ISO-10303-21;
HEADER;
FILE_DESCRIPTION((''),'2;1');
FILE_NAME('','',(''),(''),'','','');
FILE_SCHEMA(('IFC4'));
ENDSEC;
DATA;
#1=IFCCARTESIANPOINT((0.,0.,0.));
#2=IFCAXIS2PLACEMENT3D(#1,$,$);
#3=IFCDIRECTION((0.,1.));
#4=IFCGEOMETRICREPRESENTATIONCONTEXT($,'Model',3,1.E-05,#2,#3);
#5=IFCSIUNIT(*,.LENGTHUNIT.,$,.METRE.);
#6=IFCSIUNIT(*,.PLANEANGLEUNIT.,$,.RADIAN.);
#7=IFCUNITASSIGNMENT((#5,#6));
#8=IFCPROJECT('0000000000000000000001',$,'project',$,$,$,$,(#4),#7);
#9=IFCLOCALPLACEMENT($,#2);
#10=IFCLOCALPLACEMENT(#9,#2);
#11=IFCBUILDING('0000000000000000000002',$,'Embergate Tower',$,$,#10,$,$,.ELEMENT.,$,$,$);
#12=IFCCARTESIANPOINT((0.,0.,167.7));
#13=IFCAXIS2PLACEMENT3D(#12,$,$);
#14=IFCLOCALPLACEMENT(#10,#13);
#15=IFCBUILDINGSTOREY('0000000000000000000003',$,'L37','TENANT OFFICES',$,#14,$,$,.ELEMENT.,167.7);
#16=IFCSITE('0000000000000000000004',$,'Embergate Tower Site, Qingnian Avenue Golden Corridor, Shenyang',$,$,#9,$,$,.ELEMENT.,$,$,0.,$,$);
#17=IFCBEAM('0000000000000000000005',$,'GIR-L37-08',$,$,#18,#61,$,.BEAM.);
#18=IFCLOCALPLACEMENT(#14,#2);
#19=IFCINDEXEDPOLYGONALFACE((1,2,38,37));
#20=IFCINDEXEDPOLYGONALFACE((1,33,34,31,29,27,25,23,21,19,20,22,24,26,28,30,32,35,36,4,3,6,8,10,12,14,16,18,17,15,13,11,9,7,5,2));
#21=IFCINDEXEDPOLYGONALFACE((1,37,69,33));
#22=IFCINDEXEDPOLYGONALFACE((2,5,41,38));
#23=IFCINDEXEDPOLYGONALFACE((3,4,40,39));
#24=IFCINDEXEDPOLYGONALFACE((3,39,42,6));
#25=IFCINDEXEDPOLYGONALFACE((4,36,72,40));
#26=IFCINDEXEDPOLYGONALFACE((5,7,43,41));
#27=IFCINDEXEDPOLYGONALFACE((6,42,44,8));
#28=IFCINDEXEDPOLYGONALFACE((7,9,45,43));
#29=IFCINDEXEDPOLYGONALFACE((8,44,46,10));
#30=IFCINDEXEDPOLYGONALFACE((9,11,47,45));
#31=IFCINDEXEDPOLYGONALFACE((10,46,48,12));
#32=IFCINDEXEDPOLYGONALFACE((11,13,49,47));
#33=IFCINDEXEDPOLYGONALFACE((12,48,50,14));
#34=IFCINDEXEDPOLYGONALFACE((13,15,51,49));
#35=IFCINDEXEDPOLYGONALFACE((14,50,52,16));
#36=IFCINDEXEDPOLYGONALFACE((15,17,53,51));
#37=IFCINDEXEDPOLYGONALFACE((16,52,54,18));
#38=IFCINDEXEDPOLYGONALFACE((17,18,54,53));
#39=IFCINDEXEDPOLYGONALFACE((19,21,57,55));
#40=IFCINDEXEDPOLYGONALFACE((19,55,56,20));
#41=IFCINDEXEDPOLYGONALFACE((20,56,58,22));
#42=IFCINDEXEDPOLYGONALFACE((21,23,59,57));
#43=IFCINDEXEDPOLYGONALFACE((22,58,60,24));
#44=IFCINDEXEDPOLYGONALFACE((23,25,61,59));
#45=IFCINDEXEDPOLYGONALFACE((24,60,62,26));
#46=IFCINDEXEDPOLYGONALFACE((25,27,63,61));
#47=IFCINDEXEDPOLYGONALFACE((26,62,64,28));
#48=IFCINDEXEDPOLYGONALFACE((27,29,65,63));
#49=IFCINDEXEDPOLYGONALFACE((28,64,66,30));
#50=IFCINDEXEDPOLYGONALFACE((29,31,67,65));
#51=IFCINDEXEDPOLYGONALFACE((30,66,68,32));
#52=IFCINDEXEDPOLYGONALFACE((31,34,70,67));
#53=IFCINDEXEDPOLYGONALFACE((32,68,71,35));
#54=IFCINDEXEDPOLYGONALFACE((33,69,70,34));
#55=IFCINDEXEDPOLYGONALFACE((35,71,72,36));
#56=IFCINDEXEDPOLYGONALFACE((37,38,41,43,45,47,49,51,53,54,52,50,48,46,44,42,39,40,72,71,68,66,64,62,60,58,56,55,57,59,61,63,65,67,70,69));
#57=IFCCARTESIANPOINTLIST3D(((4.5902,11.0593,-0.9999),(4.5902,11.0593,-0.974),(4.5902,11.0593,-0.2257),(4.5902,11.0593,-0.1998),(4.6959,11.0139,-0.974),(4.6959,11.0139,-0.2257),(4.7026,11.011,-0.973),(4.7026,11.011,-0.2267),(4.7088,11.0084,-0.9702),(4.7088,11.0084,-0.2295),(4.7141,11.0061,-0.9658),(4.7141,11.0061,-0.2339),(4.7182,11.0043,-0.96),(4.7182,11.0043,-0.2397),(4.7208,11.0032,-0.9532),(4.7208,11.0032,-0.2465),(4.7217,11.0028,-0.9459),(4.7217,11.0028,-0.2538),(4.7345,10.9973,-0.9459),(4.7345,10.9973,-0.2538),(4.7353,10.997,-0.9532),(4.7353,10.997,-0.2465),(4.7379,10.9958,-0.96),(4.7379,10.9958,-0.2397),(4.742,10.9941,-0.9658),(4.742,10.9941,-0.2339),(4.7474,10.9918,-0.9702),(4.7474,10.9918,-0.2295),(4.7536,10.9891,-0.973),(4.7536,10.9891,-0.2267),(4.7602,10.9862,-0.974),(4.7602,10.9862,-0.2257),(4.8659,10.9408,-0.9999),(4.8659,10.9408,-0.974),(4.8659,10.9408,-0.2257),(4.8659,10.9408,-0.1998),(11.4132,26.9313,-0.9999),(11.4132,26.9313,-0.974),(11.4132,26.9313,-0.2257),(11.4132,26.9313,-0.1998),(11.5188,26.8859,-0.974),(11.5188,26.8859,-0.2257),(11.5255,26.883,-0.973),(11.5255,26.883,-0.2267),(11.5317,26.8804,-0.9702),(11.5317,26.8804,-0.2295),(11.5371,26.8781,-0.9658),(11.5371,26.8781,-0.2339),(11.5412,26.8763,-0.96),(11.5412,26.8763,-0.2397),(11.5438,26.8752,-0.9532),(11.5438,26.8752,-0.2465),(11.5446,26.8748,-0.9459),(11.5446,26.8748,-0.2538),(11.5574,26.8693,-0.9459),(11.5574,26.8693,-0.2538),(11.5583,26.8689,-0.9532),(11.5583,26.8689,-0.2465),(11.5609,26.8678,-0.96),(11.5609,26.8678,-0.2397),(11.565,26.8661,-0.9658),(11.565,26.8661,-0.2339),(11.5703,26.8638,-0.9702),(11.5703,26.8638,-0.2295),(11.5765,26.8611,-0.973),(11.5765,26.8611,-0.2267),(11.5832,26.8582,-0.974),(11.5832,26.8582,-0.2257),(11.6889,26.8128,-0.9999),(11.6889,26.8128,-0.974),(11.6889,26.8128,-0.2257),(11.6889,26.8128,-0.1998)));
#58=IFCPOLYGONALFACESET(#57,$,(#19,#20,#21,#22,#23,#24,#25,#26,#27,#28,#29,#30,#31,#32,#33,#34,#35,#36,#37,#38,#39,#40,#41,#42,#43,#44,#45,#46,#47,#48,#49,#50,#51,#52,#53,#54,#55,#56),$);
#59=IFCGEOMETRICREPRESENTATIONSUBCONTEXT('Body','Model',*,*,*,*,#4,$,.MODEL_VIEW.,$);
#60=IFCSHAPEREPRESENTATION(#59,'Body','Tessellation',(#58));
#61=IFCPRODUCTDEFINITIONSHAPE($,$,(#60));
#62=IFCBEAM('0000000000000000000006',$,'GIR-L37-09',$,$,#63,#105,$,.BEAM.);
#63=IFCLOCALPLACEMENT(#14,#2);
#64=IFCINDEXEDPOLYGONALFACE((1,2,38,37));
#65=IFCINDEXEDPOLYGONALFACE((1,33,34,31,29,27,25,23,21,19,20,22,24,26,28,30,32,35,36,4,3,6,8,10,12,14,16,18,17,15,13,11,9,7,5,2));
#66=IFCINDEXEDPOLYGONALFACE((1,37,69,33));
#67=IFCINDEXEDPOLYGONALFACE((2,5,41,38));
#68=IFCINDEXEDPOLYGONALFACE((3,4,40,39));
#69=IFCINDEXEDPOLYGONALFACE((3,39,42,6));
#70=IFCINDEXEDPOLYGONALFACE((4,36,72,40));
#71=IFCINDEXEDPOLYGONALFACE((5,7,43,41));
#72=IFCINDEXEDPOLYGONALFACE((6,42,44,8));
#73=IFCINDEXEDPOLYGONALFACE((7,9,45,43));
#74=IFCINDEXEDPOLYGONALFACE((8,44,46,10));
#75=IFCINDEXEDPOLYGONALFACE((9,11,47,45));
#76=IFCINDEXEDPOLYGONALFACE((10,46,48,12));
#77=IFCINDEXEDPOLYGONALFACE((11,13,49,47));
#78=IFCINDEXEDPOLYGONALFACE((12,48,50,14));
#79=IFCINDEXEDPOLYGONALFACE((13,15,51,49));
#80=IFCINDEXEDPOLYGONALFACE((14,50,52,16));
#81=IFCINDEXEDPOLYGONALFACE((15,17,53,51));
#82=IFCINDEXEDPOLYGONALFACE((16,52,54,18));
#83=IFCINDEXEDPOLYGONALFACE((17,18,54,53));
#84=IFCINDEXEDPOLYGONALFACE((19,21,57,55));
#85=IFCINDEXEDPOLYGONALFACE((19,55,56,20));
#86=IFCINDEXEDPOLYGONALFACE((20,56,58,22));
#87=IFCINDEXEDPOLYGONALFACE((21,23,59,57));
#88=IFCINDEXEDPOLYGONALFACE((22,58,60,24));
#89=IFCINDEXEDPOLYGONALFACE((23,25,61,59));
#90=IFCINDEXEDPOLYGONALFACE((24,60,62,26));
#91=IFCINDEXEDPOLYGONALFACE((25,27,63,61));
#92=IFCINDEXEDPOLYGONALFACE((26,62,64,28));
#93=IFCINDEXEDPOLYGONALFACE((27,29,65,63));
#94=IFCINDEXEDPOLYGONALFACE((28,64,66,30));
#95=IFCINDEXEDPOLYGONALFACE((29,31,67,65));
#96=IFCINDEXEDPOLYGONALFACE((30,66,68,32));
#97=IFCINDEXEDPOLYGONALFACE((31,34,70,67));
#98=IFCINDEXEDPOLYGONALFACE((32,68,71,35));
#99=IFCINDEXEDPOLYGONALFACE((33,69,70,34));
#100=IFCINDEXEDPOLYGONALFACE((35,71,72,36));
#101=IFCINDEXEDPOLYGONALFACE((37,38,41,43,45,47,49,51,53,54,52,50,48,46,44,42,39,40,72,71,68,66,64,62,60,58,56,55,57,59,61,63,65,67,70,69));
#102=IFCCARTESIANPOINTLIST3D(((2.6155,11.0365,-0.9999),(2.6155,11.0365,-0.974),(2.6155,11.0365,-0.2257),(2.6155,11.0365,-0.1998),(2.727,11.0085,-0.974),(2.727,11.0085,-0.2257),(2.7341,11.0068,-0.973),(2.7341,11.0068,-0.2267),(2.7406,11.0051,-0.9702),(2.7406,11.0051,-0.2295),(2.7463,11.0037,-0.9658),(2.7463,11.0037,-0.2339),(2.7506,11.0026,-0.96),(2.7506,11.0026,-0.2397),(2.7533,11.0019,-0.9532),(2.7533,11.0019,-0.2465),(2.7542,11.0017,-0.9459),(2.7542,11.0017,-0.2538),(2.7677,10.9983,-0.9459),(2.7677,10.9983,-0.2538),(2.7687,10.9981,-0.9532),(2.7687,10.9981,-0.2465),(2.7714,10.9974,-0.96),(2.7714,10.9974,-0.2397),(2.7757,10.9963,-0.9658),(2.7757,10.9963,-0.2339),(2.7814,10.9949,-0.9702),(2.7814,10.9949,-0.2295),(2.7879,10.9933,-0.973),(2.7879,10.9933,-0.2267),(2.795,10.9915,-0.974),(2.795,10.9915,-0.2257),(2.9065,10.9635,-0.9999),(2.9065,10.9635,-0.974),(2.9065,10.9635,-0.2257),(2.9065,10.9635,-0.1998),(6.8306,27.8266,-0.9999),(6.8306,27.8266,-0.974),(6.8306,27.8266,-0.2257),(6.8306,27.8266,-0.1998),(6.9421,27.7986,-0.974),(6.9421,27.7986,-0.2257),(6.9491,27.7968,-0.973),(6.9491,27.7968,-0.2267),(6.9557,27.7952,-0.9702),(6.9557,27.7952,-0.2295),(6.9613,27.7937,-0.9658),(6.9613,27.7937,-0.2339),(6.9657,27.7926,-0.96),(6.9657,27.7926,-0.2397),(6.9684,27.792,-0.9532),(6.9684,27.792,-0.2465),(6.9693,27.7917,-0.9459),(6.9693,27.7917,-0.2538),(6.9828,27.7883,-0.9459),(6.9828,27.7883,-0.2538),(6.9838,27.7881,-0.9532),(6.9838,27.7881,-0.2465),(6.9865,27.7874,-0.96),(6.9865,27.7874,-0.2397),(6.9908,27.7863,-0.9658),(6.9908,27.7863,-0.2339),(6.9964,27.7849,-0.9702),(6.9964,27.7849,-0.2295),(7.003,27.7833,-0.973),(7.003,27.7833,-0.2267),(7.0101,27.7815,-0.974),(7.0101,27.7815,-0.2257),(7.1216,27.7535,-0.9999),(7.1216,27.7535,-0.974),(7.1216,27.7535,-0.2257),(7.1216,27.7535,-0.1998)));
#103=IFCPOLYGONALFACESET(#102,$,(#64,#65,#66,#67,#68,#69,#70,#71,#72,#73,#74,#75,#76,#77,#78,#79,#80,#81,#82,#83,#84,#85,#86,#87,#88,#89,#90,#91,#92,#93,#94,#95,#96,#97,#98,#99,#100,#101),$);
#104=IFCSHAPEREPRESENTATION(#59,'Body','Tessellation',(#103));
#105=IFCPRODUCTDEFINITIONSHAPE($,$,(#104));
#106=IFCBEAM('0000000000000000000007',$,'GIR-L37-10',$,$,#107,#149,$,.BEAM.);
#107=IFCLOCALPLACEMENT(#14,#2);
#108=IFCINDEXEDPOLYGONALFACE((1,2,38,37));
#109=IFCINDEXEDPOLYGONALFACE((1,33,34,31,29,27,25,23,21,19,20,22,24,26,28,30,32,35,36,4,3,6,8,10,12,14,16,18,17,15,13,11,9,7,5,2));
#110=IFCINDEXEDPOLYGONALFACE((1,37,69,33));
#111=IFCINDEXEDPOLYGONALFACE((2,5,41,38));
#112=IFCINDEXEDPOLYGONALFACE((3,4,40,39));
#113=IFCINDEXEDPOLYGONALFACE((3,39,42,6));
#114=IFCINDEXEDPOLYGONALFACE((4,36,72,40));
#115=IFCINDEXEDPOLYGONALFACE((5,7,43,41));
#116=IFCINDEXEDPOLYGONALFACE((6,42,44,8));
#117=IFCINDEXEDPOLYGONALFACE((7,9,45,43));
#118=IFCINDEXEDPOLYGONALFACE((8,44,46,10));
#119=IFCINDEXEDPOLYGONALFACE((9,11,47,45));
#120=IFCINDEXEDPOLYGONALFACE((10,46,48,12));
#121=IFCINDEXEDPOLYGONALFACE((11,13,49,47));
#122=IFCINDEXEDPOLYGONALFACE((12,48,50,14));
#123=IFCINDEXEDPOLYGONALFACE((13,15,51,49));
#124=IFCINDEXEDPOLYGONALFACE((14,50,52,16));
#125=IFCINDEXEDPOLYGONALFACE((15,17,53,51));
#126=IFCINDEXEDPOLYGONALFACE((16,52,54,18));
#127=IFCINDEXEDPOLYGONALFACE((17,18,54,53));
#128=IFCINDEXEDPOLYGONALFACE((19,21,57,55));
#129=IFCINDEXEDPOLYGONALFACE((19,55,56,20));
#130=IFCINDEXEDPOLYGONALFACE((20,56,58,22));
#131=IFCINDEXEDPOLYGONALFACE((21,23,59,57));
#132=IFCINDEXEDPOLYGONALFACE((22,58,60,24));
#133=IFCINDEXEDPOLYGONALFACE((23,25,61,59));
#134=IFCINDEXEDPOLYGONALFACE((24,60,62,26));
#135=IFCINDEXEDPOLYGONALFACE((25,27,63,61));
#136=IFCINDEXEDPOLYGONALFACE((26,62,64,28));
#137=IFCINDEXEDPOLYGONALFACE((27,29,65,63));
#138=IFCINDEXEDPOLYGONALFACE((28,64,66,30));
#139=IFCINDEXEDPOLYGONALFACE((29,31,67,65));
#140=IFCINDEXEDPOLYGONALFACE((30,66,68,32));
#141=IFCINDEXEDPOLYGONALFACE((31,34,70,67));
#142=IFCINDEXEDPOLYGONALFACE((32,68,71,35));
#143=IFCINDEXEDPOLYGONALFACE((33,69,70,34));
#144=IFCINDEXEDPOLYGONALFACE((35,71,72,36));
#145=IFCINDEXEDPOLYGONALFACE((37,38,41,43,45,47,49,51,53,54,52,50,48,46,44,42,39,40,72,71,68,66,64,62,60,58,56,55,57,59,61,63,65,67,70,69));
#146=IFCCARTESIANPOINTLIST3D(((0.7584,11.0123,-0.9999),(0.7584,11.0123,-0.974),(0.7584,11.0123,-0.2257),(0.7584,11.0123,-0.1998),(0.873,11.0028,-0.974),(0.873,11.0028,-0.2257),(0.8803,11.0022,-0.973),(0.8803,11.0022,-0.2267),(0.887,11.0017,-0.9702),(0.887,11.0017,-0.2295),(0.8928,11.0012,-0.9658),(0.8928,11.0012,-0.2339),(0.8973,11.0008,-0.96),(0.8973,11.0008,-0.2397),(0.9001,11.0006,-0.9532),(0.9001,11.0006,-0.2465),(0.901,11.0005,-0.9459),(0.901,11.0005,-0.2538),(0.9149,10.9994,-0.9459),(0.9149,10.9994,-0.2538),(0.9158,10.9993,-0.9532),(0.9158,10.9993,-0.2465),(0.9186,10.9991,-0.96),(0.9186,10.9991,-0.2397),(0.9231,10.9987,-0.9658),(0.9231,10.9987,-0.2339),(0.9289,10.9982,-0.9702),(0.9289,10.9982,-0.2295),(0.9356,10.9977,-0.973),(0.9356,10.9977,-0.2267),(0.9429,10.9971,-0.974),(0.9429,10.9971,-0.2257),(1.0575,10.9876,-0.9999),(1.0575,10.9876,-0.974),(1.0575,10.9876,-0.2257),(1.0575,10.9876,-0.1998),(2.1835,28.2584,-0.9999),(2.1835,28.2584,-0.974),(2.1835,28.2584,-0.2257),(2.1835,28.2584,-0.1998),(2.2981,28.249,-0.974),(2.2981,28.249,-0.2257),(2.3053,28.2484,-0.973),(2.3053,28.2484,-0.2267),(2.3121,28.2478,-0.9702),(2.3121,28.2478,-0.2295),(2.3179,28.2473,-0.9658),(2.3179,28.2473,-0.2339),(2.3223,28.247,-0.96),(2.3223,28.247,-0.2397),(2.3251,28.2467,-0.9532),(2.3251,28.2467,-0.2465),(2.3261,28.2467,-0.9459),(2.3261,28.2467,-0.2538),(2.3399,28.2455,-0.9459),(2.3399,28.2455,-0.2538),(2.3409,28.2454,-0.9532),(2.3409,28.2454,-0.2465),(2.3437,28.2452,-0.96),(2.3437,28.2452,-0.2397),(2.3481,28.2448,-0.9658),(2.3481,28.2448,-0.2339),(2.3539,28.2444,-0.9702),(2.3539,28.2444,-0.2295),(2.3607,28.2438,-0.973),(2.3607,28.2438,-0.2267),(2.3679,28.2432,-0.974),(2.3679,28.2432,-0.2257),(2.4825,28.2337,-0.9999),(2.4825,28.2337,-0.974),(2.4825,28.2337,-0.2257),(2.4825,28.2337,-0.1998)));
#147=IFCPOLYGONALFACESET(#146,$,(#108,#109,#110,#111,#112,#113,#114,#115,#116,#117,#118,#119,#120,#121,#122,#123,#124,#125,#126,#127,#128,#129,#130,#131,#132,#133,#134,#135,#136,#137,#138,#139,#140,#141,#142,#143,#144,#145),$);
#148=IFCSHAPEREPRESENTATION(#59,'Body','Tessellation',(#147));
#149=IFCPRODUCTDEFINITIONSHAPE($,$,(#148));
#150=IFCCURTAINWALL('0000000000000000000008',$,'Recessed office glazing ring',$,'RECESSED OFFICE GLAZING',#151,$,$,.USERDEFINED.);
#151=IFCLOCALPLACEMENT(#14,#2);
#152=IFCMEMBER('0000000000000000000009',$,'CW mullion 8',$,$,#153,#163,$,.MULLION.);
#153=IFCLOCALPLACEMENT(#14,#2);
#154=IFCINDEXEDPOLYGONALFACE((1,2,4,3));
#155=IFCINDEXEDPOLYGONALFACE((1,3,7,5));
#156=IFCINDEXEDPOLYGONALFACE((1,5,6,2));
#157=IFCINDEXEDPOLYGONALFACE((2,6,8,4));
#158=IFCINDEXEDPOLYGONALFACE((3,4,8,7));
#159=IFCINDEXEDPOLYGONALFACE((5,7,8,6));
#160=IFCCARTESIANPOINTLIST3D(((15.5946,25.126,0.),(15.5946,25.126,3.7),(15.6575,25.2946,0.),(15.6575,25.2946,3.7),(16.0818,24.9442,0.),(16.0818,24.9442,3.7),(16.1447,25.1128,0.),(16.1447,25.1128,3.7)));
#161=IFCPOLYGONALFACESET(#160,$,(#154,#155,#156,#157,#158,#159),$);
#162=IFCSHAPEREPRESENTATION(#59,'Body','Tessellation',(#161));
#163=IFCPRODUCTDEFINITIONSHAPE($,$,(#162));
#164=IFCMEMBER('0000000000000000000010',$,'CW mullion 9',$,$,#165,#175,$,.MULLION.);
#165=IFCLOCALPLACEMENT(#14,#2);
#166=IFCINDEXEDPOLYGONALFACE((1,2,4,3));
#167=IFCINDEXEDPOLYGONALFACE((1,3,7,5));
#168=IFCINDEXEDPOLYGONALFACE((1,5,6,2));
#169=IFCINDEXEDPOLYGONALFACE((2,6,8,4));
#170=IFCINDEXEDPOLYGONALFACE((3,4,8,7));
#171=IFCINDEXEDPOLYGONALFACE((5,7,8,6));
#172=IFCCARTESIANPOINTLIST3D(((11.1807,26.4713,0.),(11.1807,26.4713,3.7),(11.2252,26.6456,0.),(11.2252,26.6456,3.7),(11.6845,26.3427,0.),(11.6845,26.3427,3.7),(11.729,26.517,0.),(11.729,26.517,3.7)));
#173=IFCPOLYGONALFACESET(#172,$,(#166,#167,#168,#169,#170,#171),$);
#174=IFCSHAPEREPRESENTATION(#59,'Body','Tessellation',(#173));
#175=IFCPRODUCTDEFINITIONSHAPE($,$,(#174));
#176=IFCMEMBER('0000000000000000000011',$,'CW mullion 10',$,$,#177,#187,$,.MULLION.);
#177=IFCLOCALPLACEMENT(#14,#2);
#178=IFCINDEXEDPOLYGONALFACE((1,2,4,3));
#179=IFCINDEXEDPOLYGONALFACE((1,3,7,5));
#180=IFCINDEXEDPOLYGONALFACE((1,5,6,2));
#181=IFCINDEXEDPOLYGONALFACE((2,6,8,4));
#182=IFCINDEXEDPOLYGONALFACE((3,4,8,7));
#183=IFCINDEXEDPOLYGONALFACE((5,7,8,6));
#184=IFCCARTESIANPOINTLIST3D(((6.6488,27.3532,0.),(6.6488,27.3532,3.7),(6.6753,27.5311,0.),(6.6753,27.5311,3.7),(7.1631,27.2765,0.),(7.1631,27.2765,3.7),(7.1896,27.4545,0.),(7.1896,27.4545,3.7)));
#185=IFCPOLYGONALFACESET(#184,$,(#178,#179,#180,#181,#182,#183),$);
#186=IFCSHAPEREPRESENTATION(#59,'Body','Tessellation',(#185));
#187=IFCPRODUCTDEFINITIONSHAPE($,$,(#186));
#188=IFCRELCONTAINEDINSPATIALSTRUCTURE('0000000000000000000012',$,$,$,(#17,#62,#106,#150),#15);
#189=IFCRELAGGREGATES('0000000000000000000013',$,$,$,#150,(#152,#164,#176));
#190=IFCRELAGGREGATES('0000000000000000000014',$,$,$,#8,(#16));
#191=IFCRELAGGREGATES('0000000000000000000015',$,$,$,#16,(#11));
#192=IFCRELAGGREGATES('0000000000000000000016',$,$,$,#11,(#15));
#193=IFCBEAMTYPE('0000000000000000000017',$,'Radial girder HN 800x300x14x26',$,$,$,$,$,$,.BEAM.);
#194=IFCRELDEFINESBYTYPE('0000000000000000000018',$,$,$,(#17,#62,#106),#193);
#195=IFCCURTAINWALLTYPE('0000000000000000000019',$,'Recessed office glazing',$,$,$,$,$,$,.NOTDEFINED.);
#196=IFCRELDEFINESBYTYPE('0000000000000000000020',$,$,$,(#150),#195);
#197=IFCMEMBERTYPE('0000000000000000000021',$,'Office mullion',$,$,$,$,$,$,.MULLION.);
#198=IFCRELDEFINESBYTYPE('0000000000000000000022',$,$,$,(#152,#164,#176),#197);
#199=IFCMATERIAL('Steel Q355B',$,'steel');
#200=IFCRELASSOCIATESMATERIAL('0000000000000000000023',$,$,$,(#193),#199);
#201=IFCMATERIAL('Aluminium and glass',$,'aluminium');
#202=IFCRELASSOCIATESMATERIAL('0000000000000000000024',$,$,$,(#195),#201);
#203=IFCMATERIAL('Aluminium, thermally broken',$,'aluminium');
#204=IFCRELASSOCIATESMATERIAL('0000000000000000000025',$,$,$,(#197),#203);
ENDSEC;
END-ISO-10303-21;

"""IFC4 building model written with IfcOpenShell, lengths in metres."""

from ifc_helpers import new_model, si_unit, direction, frame, origin, origin_2d, place, context, subcontext, project, spatial, rectangle, i_section, extrude, source, transform, mapped, material, material_profile, profile_set, type_object, element, aggregate, save


model = new_model("IFC4")

# Units and contexts
model_context = context("Model", 3, precision=1e-05, world=origin(), true_north=direction((0.0, 1.0)))
body_context = subcontext(model_context, "Body", "Model", "MODEL_VIEW")
ifc_project = project(units=[si_unit("LENGTHUNIT", "METRE"), si_unit("PLANEANGLEUNIT", "RADIAN")], contexts=[model_context])

# Site, building, storey
site_placement = place(None, origin())
site = spatial("IfcSite", under=ifc_project, at=site_placement, Name="Embergate Tower Site, Qingnian Avenue Golden Corridor, Shenyang", CompositionType="ELEMENT", RefElevation=0.0)
building_placement = place(site_placement, origin())
building = spatial("IfcBuilding", under=site, at=building_placement, Name="Embergate Tower", CompositionType="ELEMENT")
storey_placement = place(building_placement, frame((0.0, 0.0, 167.7)))
storey = spatial("IfcBuildingStorey", under=building, at=storey_placement, Name="L37", Description="TENANT OFFICES", CompositionType="ELEMENT", Elevation=167.7)

# Beams
ifc_material_1 = material(Name="Steel Q355B", Category="steel")
ifc_material_profile_1 = material_profile(ifc_material_1, i_section(OverallWidth=0.3, OverallDepth=0.8, WebThickness=0.0139, FlangeThickness=0.0259, FilletRadius=0.0281, at=origin_2d()), Name="HN 800x300x14x26")
ifc_profile_set_1 = profile_set([ifc_material_profile_1], Name="Steel Q355 grade B")
beam_type_1 = type_object("IfcBeamType", Name="Radial girder HN 800x300x14x26", PredefinedType="BEAM", material=ifc_profile_set_1)
shared_shape_1 = source(origin(), body_context, "Body", "SweptSolid", [
    extrude(i_section(OverallWidth=0.3, OverallDepth=0.8, WebThickness=0.0139, FlangeThickness=0.0259, FilletRadius=0.0281, at=origin_2d()), origin(), (0.0, 0.0, 1.0), 17.2764),
])
beam_1_placement = place(storey_placement, frame((11.551, 26.8721, -0.5999), z_axis=(-0.39493, -0.918711, 0.0), x_axis=(0.918711, -0.39493, 0.0)))
element("IfcBeam", 1, at=beam_1_placement, inside=storey, type_object=beam_type_1, Name="GIR-L37-08", PredefinedType="BEAM", context=body_context, shape_type="MappedRepresentation", body=[
    mapped(shared_shape_1, transform((0.0, 0.0, 0.0))),
])
shared_shape_2 = source(origin(), body_context, "Body", "SweptSolid", [
    extrude(i_section(OverallWidth=0.3, OverallDepth=0.8, WebThickness=0.0139, FlangeThickness=0.0259, FilletRadius=0.0281, at=origin_2d()), origin(), (0.0, 0.0, 1.0), 17.311),
])
beam_2_placement = place(storey_placement, frame((6.9761, 27.79, -0.5999), z_axis=(-0.243491, -0.969903, 0.0), x_axis=(0.969903, -0.243491, 0.0)))
element("IfcBeam", 2, at=beam_2_placement, inside=storey, type_object=beam_type_1, Name="GIR-L37-09", PredefinedType="BEAM", context=body_context, shape_type="MappedRepresentation", body=[
    mapped(shared_shape_2, transform((0.0, 0.0, 0.0))),
])
shared_shape_3 = source(origin(), body_context, "Body", "SweptSolid", [
    extrude(i_section(OverallWidth=0.3, OverallDepth=0.8, WebThickness=0.0139, FlangeThickness=0.0259, FilletRadius=0.0281, at=origin_2d()), origin(), (0.0, 0.0, 1.0), 17.3049),
])
beam_3_placement = place(storey_placement, frame((2.333, 28.2461, -0.5999), z_axis=(-0.08235, -0.996604, 0.0), x_axis=(0.996604, -0.08235, 0.0)))
element("IfcBeam", 3, at=beam_3_placement, inside=storey, type_object=beam_type_1, Name="GIR-L37-10", PredefinedType="BEAM", context=body_context, shape_type="MappedRepresentation", body=[
    mapped(shared_shape_3, transform((0.0, 0.0, 0.0))),
])

# Curtain wall, members
ifc_material_2 = material(Name="Aluminium and glass", Category="aluminium")
curtain_wall_type = type_object("IfcCurtainWallType", Name="Recessed office glazing", PredefinedType="NOTDEFINED", material=ifc_material_2)
curtain_wall_placement = place(storey_placement, origin())
curtain_wall = element("IfcCurtainWall", 4, at=curtain_wall_placement, inside=storey, type_object=curtain_wall_type, Name="Recessed office glazing ring", ObjectType="RECESSED OFFICE GLAZING", PredefinedType="USERDEFINED")
ifc_material_3 = material(Name="Aluminium, thermally broken", Category="aluminium")
ifc_material_profile_2 = material_profile(ifc_material_3, rectangle(XDim=0.1799, YDim=0.52, at=origin_2d()), Name="AL 520x180")
ifc_profile_set_2 = profile_set([ifc_material_profile_2], Name="Aluminium, thermally broken")
member_type_1 = type_object("IfcMemberType", Name="Office mullion", PredefinedType="MULLION", material=ifc_profile_set_2)
shared_shape_4 = source(origin(), body_context, "Body", "SweptSolid", [
    extrude(rectangle(XDim=0.1799, YDim=0.52, at=origin_2d()), origin(), (0.0, 0.0, 1.0), 3.7),
])
member_1_placement = place(storey_placement, frame((15.8696, 25.1194, 0.0), z_axis=(0.0, 0.0, 1.0), x_axis=(-0.349503, -0.936935, 0.0)))
member_1 = element("IfcMember", 5, at=member_1_placement, type_object=member_type_1, Name="CW mullion 8", PredefinedType="MULLION", context=body_context, shape_type="MappedRepresentation", body=[
    mapped(shared_shape_4, transform((0.0, 0.0, 0.0))),
])
member_2_placement = place(storey_placement, frame((11.4548, 26.4941, 0.0), z_axis=(0.0, 0.0, 1.0), x_axis=(-0.247312, -0.968936, 0.0)))
member_2 = element("IfcMember", 6, at=member_2_placement, type_object=member_type_1, Name="CW mullion 9", PredefinedType="MULLION", context=body_context, shape_type="MappedRepresentation", body=[
    mapped(shared_shape_4, transform((0.0, 0.0, 0.0))),
])
member_3_placement = place(storey_placement, frame((6.9192, 27.4038, 0.0), z_axis=(0.0, 0.0, 1.0), x_axis=(-0.147412, -0.989075, 0.0)))
member_3 = element("IfcMember", 7, at=member_3_placement, type_object=member_type_1, Name="CW mullion 10", PredefinedType="MULLION", context=body_context, shape_type="MappedRepresentation", body=[
    mapped(shared_shape_4, transform((0.0, 0.0, 0.0))),
])
aggregate(curtain_wall, [member_1, member_2, member_3])

save(model, "model.ifc")
